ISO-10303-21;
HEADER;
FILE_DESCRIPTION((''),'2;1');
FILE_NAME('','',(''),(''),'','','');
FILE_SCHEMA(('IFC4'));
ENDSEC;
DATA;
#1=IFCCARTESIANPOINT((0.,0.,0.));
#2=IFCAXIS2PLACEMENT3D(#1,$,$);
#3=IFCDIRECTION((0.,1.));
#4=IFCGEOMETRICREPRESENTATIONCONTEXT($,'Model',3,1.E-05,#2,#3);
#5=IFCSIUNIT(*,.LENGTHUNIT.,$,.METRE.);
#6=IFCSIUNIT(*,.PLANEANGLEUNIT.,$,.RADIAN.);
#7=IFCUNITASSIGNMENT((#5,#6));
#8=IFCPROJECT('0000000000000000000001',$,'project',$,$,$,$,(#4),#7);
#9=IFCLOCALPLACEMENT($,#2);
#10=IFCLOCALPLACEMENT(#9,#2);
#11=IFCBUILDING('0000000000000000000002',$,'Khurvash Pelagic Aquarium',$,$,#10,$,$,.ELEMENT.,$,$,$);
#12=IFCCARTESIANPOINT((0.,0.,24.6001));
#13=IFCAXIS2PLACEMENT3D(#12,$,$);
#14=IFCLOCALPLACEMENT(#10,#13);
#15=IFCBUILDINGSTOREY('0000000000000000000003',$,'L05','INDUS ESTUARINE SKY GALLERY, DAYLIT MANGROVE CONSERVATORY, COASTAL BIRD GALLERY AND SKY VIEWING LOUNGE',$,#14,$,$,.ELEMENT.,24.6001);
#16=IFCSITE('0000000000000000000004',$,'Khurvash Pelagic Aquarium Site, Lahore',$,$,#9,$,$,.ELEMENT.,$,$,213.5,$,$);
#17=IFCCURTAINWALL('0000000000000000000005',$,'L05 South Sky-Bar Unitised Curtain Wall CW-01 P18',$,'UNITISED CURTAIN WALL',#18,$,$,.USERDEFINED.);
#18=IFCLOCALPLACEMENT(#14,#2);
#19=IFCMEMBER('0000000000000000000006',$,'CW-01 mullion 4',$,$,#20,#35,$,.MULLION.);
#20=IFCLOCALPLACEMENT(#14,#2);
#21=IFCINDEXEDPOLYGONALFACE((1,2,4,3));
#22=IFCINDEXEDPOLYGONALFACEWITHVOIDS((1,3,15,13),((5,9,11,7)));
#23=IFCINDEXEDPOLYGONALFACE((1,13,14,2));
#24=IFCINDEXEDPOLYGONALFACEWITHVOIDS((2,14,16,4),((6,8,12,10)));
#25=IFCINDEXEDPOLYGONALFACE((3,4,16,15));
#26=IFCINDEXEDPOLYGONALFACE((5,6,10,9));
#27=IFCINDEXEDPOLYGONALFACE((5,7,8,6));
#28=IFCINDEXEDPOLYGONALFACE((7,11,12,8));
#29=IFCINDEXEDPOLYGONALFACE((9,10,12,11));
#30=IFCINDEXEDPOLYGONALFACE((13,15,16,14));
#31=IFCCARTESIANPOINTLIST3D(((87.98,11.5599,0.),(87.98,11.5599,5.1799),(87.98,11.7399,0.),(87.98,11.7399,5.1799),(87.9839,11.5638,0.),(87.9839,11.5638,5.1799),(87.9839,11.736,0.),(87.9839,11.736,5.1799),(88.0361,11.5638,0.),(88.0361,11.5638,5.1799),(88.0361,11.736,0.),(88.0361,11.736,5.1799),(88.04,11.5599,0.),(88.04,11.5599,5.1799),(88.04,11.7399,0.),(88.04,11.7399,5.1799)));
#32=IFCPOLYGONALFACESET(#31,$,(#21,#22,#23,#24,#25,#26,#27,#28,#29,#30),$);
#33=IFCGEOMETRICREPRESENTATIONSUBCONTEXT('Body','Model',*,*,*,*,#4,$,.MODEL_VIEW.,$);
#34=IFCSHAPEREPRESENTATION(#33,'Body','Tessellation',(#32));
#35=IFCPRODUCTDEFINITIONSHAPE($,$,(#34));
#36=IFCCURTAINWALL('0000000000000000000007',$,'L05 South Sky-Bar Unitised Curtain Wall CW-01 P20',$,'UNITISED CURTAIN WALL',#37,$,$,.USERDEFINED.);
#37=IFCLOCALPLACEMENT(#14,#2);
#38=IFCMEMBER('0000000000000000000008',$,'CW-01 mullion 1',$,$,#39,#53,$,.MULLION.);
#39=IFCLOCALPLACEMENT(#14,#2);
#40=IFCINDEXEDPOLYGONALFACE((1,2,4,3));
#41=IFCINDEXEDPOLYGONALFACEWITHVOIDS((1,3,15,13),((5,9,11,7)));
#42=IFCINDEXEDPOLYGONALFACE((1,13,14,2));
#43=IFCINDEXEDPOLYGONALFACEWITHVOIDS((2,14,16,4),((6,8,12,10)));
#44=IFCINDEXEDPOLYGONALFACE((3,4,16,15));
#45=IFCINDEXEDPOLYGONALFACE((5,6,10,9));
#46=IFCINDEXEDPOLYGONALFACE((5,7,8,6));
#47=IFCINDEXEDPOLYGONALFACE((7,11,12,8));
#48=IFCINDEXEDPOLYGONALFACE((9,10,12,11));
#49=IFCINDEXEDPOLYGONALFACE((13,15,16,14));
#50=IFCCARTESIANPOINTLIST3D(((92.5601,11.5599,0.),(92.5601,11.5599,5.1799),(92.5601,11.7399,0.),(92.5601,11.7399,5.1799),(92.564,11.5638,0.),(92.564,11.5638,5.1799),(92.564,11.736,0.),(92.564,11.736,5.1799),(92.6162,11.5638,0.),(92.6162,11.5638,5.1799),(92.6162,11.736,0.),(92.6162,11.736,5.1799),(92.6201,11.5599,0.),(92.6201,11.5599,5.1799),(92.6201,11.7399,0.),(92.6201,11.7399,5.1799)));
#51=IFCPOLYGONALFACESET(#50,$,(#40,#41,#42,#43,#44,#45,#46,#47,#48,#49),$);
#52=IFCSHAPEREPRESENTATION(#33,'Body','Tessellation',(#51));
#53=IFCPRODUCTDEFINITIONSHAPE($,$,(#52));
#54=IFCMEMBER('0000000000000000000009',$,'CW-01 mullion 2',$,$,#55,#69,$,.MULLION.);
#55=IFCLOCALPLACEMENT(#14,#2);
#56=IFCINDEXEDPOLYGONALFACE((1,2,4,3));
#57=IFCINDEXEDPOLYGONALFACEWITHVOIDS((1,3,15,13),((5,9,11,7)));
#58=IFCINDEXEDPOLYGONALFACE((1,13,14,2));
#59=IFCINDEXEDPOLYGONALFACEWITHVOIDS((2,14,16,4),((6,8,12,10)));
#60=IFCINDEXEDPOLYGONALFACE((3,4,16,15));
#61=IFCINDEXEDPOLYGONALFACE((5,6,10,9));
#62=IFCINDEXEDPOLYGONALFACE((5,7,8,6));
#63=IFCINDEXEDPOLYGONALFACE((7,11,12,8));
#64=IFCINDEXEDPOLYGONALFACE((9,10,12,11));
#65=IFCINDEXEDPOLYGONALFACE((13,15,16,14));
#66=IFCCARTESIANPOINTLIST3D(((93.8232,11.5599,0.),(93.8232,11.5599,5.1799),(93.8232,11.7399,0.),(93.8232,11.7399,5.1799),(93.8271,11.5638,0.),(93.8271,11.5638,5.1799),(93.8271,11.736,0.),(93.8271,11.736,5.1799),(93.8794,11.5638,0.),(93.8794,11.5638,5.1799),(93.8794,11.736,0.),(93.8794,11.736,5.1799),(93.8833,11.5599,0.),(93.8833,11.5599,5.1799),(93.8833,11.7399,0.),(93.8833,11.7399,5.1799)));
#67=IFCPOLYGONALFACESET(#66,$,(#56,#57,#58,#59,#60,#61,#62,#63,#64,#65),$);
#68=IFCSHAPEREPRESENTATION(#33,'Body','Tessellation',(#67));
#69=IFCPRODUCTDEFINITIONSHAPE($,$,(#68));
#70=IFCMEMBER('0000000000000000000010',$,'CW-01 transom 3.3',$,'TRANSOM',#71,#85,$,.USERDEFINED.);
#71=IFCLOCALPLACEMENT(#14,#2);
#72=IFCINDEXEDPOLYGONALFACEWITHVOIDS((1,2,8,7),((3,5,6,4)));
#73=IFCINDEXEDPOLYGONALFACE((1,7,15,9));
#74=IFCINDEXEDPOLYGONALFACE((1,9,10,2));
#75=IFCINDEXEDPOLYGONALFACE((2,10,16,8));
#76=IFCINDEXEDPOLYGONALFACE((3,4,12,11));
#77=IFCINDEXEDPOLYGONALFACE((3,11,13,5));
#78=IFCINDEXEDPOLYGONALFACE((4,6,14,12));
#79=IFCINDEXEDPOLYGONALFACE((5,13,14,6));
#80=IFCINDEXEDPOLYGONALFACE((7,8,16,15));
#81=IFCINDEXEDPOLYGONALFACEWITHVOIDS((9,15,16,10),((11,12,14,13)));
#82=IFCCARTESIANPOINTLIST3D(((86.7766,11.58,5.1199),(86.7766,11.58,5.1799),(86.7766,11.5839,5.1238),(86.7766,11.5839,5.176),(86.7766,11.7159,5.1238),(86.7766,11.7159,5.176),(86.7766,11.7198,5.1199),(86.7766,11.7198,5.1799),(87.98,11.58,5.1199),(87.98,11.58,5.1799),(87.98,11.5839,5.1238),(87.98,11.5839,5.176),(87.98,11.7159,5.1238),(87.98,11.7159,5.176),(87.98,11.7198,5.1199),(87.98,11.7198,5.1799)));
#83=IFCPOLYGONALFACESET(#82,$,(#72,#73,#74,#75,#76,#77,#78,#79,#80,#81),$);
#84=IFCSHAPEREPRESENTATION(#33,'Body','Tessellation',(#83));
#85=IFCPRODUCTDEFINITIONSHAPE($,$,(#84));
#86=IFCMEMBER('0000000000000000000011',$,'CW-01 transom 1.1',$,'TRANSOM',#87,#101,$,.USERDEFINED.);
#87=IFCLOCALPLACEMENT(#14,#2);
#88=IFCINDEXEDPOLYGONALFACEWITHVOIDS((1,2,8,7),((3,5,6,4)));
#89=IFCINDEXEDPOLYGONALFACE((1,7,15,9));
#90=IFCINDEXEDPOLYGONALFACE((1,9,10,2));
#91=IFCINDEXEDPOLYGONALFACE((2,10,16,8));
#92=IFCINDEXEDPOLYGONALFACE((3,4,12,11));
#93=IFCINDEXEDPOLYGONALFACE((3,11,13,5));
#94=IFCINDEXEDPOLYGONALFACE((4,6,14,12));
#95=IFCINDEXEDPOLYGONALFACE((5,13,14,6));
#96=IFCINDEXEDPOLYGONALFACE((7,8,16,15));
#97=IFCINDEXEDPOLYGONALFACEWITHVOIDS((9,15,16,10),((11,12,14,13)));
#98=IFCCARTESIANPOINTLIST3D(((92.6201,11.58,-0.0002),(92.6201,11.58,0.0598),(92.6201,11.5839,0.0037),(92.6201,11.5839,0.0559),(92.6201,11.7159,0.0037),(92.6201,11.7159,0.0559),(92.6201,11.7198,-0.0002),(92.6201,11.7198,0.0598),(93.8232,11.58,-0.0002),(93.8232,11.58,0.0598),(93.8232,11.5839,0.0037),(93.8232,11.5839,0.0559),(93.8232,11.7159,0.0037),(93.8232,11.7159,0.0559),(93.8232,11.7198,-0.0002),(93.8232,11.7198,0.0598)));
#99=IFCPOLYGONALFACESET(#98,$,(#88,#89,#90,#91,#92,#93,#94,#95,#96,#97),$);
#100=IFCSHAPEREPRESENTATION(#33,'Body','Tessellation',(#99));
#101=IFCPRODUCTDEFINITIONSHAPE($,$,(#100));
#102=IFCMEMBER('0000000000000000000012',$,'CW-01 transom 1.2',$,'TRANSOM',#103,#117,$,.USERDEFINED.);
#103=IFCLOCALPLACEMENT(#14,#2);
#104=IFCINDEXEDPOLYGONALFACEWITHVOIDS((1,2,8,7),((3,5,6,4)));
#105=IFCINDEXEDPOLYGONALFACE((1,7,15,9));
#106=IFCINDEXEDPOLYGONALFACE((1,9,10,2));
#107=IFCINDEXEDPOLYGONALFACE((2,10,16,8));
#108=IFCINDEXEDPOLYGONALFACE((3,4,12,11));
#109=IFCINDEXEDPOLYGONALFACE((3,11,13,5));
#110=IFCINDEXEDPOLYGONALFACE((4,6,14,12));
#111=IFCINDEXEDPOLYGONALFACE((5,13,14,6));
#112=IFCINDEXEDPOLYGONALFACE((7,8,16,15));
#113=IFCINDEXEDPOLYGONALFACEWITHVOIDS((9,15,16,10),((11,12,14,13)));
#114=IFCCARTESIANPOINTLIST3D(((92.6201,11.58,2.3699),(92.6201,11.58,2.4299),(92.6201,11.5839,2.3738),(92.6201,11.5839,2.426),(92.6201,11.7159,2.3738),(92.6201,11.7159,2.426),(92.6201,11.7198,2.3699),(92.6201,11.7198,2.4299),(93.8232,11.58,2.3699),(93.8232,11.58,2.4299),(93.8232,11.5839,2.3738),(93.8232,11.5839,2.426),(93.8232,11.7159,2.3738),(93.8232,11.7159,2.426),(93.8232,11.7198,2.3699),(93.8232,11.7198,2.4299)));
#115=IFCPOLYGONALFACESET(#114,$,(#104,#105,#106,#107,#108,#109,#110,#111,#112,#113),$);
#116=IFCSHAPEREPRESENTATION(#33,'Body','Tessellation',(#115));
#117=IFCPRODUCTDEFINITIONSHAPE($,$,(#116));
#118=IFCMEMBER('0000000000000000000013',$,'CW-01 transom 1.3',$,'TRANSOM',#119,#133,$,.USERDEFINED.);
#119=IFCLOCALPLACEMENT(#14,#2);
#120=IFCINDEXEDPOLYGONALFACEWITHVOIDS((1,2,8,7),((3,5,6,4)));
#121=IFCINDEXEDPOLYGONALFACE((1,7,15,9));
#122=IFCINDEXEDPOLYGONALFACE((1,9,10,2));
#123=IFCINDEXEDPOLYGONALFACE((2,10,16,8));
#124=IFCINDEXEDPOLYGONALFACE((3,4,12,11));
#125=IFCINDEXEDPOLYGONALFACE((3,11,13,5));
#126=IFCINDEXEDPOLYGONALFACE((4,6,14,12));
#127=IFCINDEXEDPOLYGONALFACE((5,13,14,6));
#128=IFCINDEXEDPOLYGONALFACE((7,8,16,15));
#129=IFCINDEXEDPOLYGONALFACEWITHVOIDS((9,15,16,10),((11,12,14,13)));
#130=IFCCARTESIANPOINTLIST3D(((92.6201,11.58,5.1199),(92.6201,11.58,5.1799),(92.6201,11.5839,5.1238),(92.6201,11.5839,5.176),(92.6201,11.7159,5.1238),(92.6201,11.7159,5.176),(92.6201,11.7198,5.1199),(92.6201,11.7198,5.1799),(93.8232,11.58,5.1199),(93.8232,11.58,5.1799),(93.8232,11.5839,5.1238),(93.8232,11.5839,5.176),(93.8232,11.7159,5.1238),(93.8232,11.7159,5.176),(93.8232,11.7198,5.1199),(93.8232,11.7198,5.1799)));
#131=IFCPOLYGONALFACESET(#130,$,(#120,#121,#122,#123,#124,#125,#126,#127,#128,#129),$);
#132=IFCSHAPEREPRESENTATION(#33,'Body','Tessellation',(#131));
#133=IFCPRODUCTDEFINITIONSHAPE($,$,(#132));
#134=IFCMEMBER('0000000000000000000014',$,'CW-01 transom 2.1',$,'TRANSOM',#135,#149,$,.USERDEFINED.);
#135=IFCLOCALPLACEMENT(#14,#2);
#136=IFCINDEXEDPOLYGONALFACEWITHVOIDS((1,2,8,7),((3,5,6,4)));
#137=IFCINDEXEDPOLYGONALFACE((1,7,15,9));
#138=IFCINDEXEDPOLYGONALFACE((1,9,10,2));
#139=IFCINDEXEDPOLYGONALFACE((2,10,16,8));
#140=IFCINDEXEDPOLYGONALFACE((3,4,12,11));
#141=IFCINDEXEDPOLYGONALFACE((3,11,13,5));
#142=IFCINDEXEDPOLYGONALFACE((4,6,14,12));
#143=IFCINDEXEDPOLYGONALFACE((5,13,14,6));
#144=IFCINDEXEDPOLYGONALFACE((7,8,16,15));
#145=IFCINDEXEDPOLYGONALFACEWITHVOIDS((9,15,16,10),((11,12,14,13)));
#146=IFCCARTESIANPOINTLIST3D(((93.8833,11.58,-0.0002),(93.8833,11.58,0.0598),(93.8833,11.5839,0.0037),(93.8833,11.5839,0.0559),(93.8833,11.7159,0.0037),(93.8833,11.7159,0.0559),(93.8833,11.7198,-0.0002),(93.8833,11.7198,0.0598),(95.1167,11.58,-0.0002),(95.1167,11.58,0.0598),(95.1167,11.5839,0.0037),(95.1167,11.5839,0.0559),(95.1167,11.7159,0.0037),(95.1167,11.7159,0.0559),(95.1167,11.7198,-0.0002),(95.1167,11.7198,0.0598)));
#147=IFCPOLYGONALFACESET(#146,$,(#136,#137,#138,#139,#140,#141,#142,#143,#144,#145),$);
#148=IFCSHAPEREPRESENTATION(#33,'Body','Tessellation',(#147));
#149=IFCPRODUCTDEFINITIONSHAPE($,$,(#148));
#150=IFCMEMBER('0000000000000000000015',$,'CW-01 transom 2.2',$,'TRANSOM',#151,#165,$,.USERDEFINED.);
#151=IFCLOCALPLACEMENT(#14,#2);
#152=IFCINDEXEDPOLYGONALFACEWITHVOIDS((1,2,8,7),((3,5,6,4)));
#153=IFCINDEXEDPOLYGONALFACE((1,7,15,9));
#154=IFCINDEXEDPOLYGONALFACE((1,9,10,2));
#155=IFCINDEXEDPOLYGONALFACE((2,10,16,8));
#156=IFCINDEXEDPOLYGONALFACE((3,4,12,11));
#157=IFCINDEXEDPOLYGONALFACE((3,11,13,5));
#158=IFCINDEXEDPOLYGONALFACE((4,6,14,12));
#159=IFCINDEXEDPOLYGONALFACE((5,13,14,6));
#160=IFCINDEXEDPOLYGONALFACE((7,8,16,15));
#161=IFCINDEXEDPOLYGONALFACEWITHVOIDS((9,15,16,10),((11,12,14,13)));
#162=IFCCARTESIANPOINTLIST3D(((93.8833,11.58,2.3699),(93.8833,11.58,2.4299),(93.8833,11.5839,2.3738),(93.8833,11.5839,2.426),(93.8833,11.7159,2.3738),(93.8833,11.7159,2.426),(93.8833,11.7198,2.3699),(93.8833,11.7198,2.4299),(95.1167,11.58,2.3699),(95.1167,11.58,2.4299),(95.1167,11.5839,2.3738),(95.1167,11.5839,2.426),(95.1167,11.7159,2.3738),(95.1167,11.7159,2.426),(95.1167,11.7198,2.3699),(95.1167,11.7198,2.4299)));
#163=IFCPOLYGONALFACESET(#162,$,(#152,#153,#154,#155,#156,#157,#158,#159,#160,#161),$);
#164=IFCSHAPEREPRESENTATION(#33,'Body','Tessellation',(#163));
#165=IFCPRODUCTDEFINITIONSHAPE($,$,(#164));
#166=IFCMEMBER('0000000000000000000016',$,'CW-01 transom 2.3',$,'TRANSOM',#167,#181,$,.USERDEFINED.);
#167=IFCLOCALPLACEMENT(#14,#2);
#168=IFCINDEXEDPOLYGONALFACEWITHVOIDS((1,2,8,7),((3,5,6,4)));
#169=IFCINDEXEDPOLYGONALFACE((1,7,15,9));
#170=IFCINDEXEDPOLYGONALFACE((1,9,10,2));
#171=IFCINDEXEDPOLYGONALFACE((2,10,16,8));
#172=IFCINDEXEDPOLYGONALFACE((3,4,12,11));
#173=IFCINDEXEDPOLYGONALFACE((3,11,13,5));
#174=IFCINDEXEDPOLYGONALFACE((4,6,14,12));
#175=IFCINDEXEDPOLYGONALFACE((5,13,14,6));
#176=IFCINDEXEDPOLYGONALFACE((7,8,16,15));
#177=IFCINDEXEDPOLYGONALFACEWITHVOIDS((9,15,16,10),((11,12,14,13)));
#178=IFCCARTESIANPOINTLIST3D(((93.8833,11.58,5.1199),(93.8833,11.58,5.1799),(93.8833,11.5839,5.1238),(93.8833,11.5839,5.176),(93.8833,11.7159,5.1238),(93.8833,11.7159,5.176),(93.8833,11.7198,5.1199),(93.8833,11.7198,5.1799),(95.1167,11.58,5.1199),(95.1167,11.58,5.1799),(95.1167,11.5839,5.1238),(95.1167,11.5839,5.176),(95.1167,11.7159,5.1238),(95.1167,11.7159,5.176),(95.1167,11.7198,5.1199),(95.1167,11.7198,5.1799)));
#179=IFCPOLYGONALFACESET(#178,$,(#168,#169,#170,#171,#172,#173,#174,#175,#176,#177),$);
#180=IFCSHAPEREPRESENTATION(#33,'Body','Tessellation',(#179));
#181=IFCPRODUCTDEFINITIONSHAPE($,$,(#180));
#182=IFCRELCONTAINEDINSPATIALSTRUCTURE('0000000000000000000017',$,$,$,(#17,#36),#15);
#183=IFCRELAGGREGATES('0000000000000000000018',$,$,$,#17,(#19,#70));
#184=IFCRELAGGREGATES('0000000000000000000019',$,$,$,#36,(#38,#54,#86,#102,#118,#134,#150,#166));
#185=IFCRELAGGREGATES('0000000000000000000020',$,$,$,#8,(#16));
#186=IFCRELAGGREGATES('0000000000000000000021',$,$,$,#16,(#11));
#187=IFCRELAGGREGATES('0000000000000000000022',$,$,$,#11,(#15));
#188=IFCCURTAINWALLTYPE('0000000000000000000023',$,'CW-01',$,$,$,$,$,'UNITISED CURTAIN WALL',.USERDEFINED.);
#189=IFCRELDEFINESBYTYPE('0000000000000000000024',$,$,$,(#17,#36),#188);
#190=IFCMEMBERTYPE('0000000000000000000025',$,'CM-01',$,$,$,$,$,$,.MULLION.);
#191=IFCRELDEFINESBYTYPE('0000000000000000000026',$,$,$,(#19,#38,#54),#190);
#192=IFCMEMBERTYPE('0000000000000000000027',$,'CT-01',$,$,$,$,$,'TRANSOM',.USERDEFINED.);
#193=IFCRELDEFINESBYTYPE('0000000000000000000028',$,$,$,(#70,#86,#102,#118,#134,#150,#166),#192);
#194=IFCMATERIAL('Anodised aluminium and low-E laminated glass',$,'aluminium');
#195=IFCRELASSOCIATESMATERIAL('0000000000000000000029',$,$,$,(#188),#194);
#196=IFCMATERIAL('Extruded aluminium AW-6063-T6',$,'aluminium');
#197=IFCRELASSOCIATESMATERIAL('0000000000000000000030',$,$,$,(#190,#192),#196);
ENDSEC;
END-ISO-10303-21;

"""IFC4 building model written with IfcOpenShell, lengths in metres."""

from ifc_helpers import new_model, si_unit, direction, frame, origin, origin_2d, place, context, subcontext, project, spatial, hollow_rectangle, extrude, material, material_profile, profile_set, type_object, element, aggregate, save


model = new_model("IFC4")

# Units and contexts
model_context = context("Model", 3, precision=1e-05, world=origin(), true_north=direction((0.0, 1.0)))
body_context = subcontext(model_context, "Body", "Model", "MODEL_VIEW")
ifc_project = project(units=[si_unit("LENGTHUNIT", "METRE"), si_unit("PLANEANGLEUNIT", "RADIAN")], contexts=[model_context])

# Site, building, storey
site_placement = place(None, origin())
site = spatial("IfcSite", under=ifc_project, at=site_placement, Name="Khurvash Pelagic Aquarium Site, Lahore", CompositionType="ELEMENT", RefElevation=213.5)
building_placement = place(site_placement, origin())
building = spatial("IfcBuilding", under=site, at=building_placement, Name="Khurvash Pelagic Aquarium", CompositionType="ELEMENT")
storey_placement = place(building_placement, frame((0.0, 0.0, 24.6001)))
storey = spatial("IfcBuildingStorey", under=building, at=storey_placement, Name="L05", Description="INDUS ESTUARINE SKY GALLERY, DAYLIT MANGROVE CONSERVATORY, COASTAL BIRD GALLERY AND SKY VIEWING LOUNGE", CompositionType="ELEMENT", Elevation=24.6001)

# Curtain wall, member
ifc_material_1 = material(Name="Anodised aluminium and low-E laminated glass", Category="aluminium")
curtain_wall_type = type_object("IfcCurtainWallType", Name="CW-01", ElementType="UNITISED CURTAIN WALL", PredefinedType="USERDEFINED", material=ifc_material_1)
curtain_wall_1_placement = place(storey_placement, origin())
curtain_wall_1 = element("IfcCurtainWall", 1, at=curtain_wall_1_placement, inside=storey, type_object=curtain_wall_type, Name="L05 South Sky-Bar Unitised Curtain Wall CW-01 P18", ObjectType="UNITISED CURTAIN WALL", PredefinedType="USERDEFINED")
ifc_material_2 = material(Name="Extruded aluminium AW-6063-T6", Category="aluminium")
ifc_material_profile_1 = material_profile(ifc_material_2, hollow_rectangle(XDim=0.0601, YDim=0.1799, WallThickness=0.0039, at=origin_2d()), Name="CWM60X180X4")
ifc_profile_set_1 = profile_set([ifc_material_profile_1], Name="Extruded aluminium AW-6063-T6")
member_type_1 = type_object("IfcMemberType", Name="CM-01", PredefinedType="MULLION", material=ifc_profile_set_1)
member_1_placement = place(storey_placement, frame((88.01, 11.6499, 0.0), z_axis=(0.0, 0.0, 1.0), x_axis=(1.0, 0.0, 0.0)))
member_1 = element("IfcMember", 2, at=member_1_placement, type_object=member_type_1, Name="CW-01 mullion 4", PredefinedType="MULLION", context=body_context, shape_type="SweptSolid", body=[
    extrude(hollow_rectangle(XDim=0.0601, YDim=0.1799, WallThickness=0.0039, at=origin_2d()), origin(), (0.0, 0.0, 1.0), 5.1799),
])

# Curtain wall, members
curtain_wall_2_placement = place(storey_placement, origin())
curtain_wall_2 = element("IfcCurtainWall", 3, at=curtain_wall_2_placement, inside=storey, type_object=curtain_wall_type, Name="L05 South Sky-Bar Unitised Curtain Wall CW-01 P20", ObjectType="UNITISED CURTAIN WALL", PredefinedType="USERDEFINED")
member_2_placement = place(storey_placement, frame((92.5901, 11.6499, 0.0), z_axis=(0.0, 0.0, 1.0), x_axis=(1.0, 0.0, 0.0)))
member_2 = element("IfcMember", 4, at=member_2_placement, type_object=member_type_1, Name="CW-01 mullion 1", PredefinedType="MULLION", context=body_context, shape_type="SweptSolid", body=[
    extrude(hollow_rectangle(XDim=0.0601, YDim=0.1799, WallThickness=0.0039, at=origin_2d()), origin(), (0.0, 0.0, 1.0), 5.1799),
])
member_3_placement = place(storey_placement, frame((93.8533, 11.6499, 0.0), z_axis=(0.0, 0.0, 1.0), x_axis=(1.0, 0.0, 0.0)))
member_3 = element("IfcMember", 5, at=member_3_placement, type_object=member_type_1, Name="CW-01 mullion 2", PredefinedType="MULLION", context=body_context, shape_type="SweptSolid", body=[
    extrude(hollow_rectangle(XDim=0.0601, YDim=0.1799, WallThickness=0.0039, at=origin_2d()), origin(), (0.0, 0.0, 1.0), 5.1799),
])

# Members
ifc_material_profile_2 = material_profile(ifc_material_2, hollow_rectangle(XDim=0.1399, YDim=0.0601, WallThickness=0.0039, at=origin_2d()), Name="CWT140X60X4")
ifc_profile_set_2 = profile_set([ifc_material_profile_2], Name="Extruded aluminium AW-6063-T6")
member_type_2 = type_object("IfcMemberType", Name="CT-01", ElementType="TRANSOM", PredefinedType="USERDEFINED", material=ifc_profile_set_2)
member_4_placement = place(storey_placement, frame((86.7766, 11.6499, 5.1499), z_axis=(1.0, 0.0, 0.0), x_axis=(0.0, 1.0, 0.0)))
member_4 = element("IfcMember", 6, at=member_4_placement, type_object=member_type_2, Name="CW-01 transom 3.3", ObjectType="TRANSOM", PredefinedType="USERDEFINED", context=body_context, shape_type="SweptSolid", body=[
    extrude(hollow_rectangle(XDim=0.1399, YDim=0.0601, WallThickness=0.0039, at=origin_2d()), origin(), (0.0, 0.0, 1.0), 1.2034),
])
member_5_placement = place(storey_placement, frame((92.6201, 11.6499, 0.0298), z_axis=(1.0, 0.0, 0.0), x_axis=(0.0, 1.0, 0.0)))
member_5 = element("IfcMember", 7, at=member_5_placement, type_object=member_type_2, Name="CW-01 transom 1.1", ObjectType="TRANSOM", PredefinedType="USERDEFINED", context=body_context, shape_type="SweptSolid", body=[
    extrude(hollow_rectangle(XDim=0.1399, YDim=0.0601, WallThickness=0.0039, at=origin_2d()), origin(), (0.0, 0.0, 1.0), 1.2031),
])
member_6_placement = place(storey_placement, frame((92.6201, 11.6499, 2.3999), z_axis=(1.0, 0.0, 0.0), x_axis=(0.0, 1.0, 0.0)))
member_6 = element("IfcMember", 8, at=member_6_placement, type_object=member_type_2, Name="CW-01 transom 1.2", ObjectType="TRANSOM", PredefinedType="USERDEFINED", context=body_context, shape_type="SweptSolid", body=[
    extrude(hollow_rectangle(XDim=0.1399, YDim=0.0601, WallThickness=0.0039, at=origin_2d()), origin(), (0.0, 0.0, 1.0), 1.2031),
])
member_7_placement = place(storey_placement, frame((92.6201, 11.6499, 5.1499), z_axis=(1.0, 0.0, 0.0), x_axis=(0.0, 1.0, 0.0)))
member_7 = element("IfcMember", 9, at=member_7_placement, type_object=member_type_2, Name="CW-01 transom 1.3", ObjectType="TRANSOM", PredefinedType="USERDEFINED", context=body_context, shape_type="SweptSolid", body=[
    extrude(hollow_rectangle(XDim=0.1399, YDim=0.0601, WallThickness=0.0039, at=origin_2d()), origin(), (0.0, 0.0, 1.0), 1.2031),
])
member_8_placement = place(storey_placement, frame((93.8833, 11.6499, 0.0298), z_axis=(1.0, 0.0, 0.0), x_axis=(0.0, 1.0, 0.0)))
member_8 = element("IfcMember", 10, at=member_8_placement, type_object=member_type_2, Name="CW-01 transom 2.1", ObjectType="TRANSOM", PredefinedType="USERDEFINED", context=body_context, shape_type="SweptSolid", body=[
    extrude(hollow_rectangle(XDim=0.1399, YDim=0.0601, WallThickness=0.0039, at=origin_2d()), origin(), (0.0, 0.0, 1.0), 1.2334),
])
member_9_placement = place(storey_placement, frame((93.8833, 11.6499, 2.3999), z_axis=(1.0, 0.0, 0.0), x_axis=(0.0, 1.0, 0.0)))
member_9 = element("IfcMember", 11, at=member_9_placement, type_object=member_type_2, Name="CW-01 transom 2.2", ObjectType="TRANSOM", PredefinedType="USERDEFINED", context=body_context, shape_type="SweptSolid", body=[
    extrude(hollow_rectangle(XDim=0.1399, YDim=0.0601, WallThickness=0.0039, at=origin_2d()), origin(), (0.0, 0.0, 1.0), 1.2334),
])
member_10_placement = place(storey_placement, frame((93.8833, 11.6499, 5.1499), z_axis=(1.0, 0.0, 0.0), x_axis=(0.0, 1.0, 0.0)))
member_10 = element("IfcMember", 12, at=member_10_placement, type_object=member_type_2, Name="CW-01 transom 2.3", ObjectType="TRANSOM", PredefinedType="USERDEFINED", context=body_context, shape_type="SweptSolid", body=[
    extrude(hollow_rectangle(XDim=0.1399, YDim=0.0601, WallThickness=0.0039, at=origin_2d()), origin(), (0.0, 0.0, 1.0), 1.2334),
])

aggregate(curtain_wall_1, [member_1, member_4])
aggregate(curtain_wall_2, [member_2, member_3, member_5, member_6, member_7, member_8, member_9, member_10])

save(model, "model.ifc")
